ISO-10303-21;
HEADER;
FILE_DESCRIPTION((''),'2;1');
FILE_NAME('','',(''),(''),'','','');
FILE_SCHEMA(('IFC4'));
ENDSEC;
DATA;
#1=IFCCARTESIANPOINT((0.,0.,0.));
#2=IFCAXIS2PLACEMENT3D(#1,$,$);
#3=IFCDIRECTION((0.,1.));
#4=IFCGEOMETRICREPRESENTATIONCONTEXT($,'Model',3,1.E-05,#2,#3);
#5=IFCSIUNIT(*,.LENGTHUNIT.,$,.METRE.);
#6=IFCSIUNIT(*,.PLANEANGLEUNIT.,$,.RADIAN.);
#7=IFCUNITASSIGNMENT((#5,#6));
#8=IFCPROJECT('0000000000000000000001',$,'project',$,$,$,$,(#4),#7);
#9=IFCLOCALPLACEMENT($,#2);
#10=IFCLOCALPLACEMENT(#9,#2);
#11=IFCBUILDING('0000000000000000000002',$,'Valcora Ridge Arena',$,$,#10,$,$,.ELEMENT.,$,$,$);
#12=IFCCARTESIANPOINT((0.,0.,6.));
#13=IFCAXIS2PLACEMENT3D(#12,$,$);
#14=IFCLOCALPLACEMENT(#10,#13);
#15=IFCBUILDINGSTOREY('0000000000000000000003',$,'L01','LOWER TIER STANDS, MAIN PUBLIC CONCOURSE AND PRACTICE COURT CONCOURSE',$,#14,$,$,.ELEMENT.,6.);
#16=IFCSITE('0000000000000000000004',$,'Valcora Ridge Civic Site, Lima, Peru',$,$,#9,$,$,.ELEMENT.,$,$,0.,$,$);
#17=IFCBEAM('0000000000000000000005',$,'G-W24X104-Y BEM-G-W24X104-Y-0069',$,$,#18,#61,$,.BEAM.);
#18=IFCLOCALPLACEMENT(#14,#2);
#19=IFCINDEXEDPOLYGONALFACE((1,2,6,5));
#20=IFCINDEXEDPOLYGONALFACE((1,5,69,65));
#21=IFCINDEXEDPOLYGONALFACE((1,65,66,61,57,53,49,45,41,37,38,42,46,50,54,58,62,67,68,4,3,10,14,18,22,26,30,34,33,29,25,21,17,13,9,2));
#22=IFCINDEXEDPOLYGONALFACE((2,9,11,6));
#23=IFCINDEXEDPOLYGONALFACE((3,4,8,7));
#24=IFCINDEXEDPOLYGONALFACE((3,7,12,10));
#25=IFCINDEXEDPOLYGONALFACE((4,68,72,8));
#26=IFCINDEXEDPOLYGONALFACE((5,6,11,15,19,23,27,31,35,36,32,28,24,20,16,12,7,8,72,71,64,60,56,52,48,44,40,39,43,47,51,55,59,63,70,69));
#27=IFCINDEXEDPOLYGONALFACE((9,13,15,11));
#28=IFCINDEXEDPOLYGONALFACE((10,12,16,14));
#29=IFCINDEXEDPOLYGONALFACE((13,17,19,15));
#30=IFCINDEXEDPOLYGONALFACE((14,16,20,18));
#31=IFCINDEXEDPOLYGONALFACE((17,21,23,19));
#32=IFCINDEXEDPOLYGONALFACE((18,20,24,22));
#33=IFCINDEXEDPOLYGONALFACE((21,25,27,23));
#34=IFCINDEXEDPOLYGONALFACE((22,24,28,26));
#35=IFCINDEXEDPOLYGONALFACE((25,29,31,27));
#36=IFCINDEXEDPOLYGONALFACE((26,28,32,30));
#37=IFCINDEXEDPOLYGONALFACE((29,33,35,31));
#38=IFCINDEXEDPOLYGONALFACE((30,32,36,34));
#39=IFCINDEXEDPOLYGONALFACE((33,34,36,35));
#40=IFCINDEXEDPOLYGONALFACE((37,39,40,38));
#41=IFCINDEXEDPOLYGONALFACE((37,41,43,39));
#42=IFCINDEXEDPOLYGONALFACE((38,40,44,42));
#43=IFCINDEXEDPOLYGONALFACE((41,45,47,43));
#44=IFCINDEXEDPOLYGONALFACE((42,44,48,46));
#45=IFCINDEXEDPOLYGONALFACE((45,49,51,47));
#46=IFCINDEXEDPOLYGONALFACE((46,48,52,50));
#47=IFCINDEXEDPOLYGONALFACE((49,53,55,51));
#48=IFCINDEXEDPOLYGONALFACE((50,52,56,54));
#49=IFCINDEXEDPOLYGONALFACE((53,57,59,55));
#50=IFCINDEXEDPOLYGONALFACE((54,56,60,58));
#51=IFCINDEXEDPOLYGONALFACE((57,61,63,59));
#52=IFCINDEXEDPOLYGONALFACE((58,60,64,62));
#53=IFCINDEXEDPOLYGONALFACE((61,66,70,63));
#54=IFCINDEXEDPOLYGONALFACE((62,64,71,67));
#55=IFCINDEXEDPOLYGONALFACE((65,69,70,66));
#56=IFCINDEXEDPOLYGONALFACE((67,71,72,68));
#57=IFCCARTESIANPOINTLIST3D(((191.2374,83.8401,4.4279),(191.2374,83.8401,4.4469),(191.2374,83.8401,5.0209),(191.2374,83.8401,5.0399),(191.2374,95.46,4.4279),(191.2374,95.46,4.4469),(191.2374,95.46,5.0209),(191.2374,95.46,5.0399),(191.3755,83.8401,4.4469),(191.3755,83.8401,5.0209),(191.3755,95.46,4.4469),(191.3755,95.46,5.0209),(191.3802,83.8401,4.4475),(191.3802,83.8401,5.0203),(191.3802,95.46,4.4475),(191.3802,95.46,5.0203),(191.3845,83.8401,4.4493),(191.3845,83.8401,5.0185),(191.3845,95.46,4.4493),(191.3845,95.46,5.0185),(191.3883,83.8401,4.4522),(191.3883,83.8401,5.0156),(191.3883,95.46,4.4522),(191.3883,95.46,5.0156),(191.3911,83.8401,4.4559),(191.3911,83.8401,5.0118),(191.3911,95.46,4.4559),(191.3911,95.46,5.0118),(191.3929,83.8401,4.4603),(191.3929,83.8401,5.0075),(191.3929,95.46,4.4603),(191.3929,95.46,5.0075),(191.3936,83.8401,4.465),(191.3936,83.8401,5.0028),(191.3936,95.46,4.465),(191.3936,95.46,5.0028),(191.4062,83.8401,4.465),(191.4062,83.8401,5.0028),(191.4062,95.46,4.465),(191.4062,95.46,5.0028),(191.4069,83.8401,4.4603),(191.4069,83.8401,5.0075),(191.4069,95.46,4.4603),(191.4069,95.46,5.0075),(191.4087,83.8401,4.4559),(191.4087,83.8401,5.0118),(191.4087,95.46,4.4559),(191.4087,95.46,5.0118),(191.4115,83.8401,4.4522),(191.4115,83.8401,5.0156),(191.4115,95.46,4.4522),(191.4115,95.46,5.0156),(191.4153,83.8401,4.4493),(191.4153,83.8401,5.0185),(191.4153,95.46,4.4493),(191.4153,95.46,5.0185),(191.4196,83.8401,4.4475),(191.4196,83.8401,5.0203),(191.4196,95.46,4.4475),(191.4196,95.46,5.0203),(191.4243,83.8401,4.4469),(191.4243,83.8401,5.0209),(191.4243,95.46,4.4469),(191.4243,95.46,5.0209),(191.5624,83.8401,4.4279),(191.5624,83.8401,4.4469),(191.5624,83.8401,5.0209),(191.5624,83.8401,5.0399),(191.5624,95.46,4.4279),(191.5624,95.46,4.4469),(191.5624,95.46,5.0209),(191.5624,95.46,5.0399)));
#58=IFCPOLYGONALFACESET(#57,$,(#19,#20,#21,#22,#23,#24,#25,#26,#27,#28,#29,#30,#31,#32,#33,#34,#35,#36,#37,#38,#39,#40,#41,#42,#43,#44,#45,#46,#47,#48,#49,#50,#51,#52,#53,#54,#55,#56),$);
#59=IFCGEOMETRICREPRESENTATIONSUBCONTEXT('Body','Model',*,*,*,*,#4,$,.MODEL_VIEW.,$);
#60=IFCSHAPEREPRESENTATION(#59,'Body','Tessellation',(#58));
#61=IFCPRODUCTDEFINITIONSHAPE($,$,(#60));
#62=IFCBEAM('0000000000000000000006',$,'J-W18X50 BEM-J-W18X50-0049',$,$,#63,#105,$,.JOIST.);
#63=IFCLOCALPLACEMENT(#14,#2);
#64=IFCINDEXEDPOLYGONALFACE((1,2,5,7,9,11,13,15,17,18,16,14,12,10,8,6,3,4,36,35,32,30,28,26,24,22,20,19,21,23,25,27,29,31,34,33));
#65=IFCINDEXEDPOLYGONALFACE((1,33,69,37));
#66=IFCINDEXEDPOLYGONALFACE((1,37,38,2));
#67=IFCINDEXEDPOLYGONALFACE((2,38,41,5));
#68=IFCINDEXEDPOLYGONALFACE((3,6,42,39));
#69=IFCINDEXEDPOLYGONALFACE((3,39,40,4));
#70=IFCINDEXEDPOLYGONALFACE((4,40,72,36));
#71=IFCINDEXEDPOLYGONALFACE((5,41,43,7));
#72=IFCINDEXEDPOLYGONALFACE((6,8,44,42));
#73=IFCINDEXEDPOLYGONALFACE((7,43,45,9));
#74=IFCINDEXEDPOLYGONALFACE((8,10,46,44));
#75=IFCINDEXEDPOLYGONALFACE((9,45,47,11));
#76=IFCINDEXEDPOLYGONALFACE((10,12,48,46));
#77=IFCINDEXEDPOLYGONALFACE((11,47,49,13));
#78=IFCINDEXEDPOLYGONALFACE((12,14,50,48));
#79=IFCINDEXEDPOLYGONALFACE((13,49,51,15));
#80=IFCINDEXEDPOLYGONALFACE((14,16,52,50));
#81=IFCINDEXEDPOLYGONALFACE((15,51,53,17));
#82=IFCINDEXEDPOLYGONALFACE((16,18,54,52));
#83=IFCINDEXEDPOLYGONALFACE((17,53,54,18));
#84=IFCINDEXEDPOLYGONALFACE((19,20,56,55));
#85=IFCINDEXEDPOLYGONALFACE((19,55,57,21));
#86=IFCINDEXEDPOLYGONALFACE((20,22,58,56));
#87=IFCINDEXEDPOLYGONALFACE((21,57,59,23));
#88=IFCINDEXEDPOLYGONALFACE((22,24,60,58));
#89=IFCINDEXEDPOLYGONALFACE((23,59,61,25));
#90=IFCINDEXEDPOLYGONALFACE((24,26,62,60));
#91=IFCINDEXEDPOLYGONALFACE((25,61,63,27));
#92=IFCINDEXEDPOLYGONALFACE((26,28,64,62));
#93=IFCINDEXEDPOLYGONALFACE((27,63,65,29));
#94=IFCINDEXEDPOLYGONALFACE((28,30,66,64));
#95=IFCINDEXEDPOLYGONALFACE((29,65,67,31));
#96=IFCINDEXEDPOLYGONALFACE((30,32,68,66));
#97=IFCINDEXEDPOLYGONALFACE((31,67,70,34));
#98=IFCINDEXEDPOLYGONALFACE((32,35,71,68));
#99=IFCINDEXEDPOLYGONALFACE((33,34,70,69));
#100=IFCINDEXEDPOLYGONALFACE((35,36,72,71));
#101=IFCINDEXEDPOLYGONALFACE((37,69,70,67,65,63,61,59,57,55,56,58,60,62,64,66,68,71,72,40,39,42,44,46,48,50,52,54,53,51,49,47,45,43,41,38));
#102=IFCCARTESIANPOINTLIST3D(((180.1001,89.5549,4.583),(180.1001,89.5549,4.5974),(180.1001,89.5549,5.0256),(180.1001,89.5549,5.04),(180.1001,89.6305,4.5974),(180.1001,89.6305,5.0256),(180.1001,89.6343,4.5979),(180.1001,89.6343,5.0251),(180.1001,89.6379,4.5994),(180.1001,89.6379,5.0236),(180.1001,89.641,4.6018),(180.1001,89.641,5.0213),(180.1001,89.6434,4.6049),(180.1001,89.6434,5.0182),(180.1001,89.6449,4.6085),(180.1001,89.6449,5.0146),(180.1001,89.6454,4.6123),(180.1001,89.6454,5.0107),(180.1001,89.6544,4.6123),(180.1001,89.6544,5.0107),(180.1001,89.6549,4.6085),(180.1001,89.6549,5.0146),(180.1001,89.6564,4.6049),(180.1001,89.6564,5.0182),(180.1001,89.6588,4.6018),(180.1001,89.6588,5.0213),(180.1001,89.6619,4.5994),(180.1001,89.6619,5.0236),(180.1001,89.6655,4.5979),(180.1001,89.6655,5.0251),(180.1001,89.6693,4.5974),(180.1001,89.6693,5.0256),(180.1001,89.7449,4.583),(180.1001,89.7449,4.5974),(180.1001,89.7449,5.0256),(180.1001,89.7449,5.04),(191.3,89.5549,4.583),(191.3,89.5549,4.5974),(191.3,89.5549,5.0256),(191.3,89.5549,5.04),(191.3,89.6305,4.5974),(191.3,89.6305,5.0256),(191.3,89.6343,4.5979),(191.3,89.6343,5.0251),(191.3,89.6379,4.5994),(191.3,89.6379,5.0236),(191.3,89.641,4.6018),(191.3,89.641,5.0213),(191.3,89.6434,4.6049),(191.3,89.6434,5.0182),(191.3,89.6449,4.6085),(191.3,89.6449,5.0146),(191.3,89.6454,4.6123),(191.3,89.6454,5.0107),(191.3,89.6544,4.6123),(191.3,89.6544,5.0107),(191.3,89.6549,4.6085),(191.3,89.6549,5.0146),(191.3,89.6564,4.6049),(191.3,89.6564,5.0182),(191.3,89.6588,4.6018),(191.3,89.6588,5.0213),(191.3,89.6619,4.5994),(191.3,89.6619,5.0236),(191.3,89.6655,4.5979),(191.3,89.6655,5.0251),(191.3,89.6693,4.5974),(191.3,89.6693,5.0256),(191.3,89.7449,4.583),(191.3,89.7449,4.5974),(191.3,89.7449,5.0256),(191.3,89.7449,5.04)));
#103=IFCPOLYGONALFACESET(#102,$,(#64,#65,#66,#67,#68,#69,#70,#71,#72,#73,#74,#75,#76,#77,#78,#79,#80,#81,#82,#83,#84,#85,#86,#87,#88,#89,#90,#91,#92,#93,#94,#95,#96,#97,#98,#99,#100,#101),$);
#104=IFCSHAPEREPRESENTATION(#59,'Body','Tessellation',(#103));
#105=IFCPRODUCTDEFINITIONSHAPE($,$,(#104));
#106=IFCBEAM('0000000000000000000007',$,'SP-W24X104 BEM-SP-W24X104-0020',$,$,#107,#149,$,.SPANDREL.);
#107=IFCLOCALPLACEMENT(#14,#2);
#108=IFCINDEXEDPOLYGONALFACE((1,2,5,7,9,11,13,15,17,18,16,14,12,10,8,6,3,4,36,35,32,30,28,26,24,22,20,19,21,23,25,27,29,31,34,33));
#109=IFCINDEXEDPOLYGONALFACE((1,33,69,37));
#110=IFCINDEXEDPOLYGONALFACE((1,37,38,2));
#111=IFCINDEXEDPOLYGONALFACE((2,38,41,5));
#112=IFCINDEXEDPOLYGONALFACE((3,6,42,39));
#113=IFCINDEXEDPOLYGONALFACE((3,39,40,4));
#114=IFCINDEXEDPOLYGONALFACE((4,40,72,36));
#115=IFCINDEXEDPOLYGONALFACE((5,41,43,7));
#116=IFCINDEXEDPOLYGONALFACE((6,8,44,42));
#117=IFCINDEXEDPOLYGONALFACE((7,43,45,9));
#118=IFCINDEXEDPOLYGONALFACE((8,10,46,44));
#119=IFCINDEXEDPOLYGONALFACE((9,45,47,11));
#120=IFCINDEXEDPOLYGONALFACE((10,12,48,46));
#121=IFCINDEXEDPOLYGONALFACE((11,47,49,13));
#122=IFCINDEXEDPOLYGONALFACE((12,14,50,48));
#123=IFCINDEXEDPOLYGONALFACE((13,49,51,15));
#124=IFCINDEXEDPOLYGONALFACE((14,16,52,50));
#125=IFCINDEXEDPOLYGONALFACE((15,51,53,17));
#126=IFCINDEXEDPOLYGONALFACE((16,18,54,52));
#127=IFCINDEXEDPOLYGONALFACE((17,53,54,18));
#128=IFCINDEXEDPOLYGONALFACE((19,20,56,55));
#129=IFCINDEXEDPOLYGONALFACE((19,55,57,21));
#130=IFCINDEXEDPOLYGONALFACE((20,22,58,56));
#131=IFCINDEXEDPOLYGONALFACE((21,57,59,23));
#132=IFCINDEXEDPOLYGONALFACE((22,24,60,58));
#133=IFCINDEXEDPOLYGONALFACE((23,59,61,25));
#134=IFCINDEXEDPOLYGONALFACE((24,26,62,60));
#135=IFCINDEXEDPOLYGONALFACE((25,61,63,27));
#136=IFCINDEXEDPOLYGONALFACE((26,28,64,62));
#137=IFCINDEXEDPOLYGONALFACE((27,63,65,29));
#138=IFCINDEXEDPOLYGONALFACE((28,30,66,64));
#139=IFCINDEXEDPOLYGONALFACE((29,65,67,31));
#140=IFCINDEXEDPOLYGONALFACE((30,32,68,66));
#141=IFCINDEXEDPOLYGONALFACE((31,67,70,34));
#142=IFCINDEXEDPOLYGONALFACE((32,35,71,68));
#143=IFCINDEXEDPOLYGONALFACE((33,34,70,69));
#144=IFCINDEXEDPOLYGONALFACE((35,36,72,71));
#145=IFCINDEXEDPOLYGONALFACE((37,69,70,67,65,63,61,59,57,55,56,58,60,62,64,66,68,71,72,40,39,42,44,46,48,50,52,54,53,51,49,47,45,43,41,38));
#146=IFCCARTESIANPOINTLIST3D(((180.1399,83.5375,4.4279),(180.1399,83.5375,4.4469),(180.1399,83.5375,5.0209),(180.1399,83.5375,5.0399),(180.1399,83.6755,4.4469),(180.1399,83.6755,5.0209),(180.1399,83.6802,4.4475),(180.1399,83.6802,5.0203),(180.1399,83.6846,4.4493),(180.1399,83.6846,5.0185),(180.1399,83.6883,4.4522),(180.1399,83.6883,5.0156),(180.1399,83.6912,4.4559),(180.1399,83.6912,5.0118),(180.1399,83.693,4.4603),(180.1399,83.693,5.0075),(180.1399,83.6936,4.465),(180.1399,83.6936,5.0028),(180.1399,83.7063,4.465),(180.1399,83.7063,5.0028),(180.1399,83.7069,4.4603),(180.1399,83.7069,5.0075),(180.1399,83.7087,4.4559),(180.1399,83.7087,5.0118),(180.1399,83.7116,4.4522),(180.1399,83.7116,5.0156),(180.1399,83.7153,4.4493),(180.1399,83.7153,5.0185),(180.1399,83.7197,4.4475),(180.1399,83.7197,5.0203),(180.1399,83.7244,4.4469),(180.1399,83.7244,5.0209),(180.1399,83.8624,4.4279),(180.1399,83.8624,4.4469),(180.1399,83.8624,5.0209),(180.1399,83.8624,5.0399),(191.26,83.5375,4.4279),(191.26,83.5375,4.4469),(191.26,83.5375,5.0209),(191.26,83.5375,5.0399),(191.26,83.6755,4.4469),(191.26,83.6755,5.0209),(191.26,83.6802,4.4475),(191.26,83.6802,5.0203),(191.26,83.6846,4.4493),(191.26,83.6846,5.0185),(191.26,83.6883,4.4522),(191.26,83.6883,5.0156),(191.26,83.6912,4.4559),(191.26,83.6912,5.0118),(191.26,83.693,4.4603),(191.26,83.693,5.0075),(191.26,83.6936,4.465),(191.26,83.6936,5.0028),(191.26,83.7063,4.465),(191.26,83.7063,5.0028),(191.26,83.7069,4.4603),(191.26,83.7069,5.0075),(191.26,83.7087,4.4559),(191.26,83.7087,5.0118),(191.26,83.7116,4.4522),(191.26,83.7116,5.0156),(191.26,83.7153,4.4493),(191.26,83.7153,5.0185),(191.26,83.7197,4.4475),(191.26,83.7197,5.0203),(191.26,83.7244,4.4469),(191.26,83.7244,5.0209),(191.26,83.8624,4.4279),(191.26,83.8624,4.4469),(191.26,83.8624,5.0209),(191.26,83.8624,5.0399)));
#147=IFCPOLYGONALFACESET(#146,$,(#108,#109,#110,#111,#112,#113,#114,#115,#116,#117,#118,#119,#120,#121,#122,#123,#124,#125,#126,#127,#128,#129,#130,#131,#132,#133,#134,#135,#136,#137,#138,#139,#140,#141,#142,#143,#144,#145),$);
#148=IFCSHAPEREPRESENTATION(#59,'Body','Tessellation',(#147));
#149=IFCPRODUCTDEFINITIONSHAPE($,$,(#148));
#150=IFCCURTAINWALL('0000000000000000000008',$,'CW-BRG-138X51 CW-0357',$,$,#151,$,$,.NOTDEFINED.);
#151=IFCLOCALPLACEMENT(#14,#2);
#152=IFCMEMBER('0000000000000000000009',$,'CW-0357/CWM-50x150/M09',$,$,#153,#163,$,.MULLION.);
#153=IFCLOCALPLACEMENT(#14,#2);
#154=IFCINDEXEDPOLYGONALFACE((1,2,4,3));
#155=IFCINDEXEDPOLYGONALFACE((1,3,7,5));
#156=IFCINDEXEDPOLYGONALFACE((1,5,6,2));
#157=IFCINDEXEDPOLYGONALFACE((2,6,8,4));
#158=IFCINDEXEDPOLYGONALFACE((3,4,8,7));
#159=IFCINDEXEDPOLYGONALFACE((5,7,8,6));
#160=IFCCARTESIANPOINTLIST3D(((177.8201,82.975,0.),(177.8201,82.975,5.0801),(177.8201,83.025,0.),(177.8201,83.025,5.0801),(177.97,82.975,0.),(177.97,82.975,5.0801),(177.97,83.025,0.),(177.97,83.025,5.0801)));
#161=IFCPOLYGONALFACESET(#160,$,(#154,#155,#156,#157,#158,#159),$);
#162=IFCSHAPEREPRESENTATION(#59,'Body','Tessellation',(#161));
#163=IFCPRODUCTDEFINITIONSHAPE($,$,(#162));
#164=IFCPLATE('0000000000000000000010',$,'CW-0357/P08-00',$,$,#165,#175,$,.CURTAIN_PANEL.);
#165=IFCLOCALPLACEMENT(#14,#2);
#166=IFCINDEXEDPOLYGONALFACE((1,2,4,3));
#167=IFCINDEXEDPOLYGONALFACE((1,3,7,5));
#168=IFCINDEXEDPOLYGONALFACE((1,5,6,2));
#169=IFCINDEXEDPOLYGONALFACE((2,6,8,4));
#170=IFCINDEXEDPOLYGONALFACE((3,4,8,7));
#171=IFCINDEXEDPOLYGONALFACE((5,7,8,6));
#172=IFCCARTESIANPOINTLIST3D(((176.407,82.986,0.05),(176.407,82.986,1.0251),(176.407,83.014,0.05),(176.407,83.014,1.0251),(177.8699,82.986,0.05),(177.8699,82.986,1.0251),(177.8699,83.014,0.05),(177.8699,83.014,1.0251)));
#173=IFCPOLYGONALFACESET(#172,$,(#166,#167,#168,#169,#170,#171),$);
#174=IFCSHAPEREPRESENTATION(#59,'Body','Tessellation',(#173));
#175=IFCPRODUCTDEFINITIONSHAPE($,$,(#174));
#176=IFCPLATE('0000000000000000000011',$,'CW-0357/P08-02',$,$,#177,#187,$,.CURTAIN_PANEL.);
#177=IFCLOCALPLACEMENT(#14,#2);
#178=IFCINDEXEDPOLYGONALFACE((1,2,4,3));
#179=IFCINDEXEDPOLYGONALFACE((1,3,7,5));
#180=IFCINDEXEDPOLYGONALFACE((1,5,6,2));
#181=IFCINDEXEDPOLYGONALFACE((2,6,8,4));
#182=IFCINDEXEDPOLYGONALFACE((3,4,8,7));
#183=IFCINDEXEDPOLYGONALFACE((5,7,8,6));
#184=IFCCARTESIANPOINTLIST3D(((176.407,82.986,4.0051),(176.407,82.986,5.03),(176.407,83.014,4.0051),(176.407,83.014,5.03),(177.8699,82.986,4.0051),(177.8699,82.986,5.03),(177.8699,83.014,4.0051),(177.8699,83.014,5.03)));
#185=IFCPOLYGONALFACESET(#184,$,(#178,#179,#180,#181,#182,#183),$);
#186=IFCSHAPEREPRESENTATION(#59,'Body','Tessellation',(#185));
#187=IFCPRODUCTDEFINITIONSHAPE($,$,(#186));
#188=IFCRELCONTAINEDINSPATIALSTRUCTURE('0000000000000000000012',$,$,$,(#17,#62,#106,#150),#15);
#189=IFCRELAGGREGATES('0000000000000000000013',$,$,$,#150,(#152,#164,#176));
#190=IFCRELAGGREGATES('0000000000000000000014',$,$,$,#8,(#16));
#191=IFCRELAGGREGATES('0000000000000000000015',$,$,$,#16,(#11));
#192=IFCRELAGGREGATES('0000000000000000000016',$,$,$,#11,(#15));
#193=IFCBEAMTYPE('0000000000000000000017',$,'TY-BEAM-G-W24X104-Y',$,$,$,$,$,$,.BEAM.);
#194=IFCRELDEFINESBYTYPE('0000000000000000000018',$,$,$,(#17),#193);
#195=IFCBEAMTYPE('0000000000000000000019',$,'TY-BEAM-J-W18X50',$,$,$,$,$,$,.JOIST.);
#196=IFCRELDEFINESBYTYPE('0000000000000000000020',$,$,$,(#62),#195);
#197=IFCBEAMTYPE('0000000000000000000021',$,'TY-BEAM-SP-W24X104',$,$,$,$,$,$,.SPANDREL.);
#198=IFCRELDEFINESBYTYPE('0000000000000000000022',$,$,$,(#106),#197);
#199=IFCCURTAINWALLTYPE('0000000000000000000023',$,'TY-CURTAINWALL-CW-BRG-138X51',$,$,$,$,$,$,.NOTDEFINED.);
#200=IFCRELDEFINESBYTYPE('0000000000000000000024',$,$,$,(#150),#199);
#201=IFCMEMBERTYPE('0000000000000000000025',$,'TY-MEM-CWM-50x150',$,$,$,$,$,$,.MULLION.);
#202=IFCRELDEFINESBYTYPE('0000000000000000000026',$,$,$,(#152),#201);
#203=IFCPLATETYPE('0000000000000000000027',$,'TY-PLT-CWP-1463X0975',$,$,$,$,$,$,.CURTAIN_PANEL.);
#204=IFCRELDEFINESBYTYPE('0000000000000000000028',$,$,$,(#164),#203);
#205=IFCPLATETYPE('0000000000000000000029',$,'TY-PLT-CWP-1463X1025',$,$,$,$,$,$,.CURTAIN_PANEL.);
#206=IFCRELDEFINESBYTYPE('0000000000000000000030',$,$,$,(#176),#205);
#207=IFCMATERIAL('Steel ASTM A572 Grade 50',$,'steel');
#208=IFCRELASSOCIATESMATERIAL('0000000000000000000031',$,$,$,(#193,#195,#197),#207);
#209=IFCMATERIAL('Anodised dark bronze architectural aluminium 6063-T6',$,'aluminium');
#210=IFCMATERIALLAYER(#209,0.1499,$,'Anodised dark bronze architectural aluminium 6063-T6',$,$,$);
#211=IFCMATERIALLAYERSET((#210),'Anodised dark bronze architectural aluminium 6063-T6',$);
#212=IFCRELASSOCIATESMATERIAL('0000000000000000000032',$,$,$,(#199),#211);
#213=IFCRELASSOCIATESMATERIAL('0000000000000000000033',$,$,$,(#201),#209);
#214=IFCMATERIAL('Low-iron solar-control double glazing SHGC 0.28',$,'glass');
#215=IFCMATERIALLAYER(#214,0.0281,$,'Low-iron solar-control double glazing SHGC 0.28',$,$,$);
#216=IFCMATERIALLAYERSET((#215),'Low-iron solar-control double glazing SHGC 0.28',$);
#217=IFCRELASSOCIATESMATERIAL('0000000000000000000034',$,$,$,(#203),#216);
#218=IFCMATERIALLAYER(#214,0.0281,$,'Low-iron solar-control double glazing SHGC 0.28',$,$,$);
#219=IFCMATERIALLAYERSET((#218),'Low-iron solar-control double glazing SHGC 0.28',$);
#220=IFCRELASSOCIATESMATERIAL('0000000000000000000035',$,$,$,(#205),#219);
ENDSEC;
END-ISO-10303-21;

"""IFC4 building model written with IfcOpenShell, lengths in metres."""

from ifc_helpers import new_model, si_unit, direction, frame, origin, origin_2d, place, context, subcontext, project, spatial, rectangle, i_section, extrude, material, layer, layer_set, material_profile, profile_set, type_object, element, aggregate, save


model = new_model("IFC4")

# Units and contexts
model_context = context("Model", 3, precision=1e-05, world=origin(), true_north=direction((0.0, 1.0)))
body_context = subcontext(model_context, "Body", "Model", "MODEL_VIEW")
ifc_project = project(units=[si_unit("LENGTHUNIT", "METRE"), si_unit("PLANEANGLEUNIT", "RADIAN")], contexts=[model_context])

# Site, building, storey
site_placement = place(None, origin())
site = spatial("IfcSite", under=ifc_project, at=site_placement, Name="Valcora Ridge Civic Site, Lima, Peru", CompositionType="ELEMENT", RefElevation=0.0)
building_placement = place(site_placement, origin())
building = spatial("IfcBuilding", under=site, at=building_placement, Name="Valcora Ridge Arena", CompositionType="ELEMENT")
storey_placement = place(building_placement, frame((0.0, 0.0, 6.0)))
storey = spatial("IfcBuildingStorey", under=building, at=storey_placement, Name="L01", Description="LOWER TIER STANDS, MAIN PUBLIC CONCOURSE AND PRACTICE COURT CONCOURSE", CompositionType="ELEMENT", Elevation=6.0)

# Beams
ifc_material_1 = material(Name="Steel ASTM A572 Grade 50", Category="steel")
ifc_material_profile_1 = material_profile(ifc_material_1, i_section(OverallWidth=0.325, OverallDepth=0.6121, WebThickness=0.0127, FlangeThickness=0.019, FilletRadius=0.0181, at=origin_2d()), Name="W24X104")
ifc_profile_set_1 = profile_set([ifc_material_profile_1], Name="Steel ASTM A572 Grade 50")
beam_type_1 = type_object("IfcBeamType", Name="TY-BEAM-G-W24X104-Y", PredefinedType="BEAM", material=ifc_profile_set_1)
for number, where, z_axis, x_axis, name in (
    (1, (191.3999, 83.8401, 4.7339), (0.0, 1.0, 0.0), (-1.0, 0.0, 0.0), "G-W24X104-Y BEM-G-W24X104-Y-0069"),
):
    element("IfcBeam", number, at=place(storey_placement, frame(where, z_axis=z_axis, x_axis=x_axis)), inside=storey, type_object=beam_type_1, Name=name, PredefinedType="BEAM", context=body_context, shape_type="SweptSolid", body=[
        extrude(i_section(OverallWidth=0.325, OverallDepth=0.6121, WebThickness=0.0127, FlangeThickness=0.019, FilletRadius=0.0181, at=origin_2d()), origin(), (0.0, 0.0, 1.0), 11.6199),
    ])
ifc_material_profile_2 = material_profile(ifc_material_1, i_section(OverallWidth=0.1899, OverallDepth=0.457, WebThickness=0.009, FlangeThickness=0.0144, FilletRadius=0.0149, at=origin_2d()), Name="W18X50")
ifc_profile_set_2 = profile_set([ifc_material_profile_2], Name="Steel ASTM A572 Grade 50")
beam_type_2 = type_object("IfcBeamType", Name="TY-BEAM-J-W18X50", PredefinedType="JOIST", material=ifc_profile_set_2)
beam_1_placement = place(storey_placement, frame((180.1001, 89.6499, 4.8115), z_axis=(1.0, 0.0, 0.0), x_axis=(0.0, 1.0, 0.0)))
element("IfcBeam", 2, at=beam_1_placement, inside=storey, type_object=beam_type_2, Name="J-W18X50 BEM-J-W18X50-0049", PredefinedType="JOIST", context=body_context, shape_type="SweptSolid", body=[
    extrude(i_section(OverallWidth=0.1899, OverallDepth=0.457, WebThickness=0.009, FlangeThickness=0.0144, FilletRadius=0.0149, at=origin_2d()), origin(), (0.0, 0.0, 1.0), 11.2),
])
ifc_material_profile_3 = material_profile(ifc_material_1, i_section(OverallWidth=0.325, OverallDepth=0.6121, WebThickness=0.0127, FlangeThickness=0.019, FilletRadius=0.0181, at=origin_2d()), Name="W24X104")
ifc_profile_set_3 = profile_set([ifc_material_profile_3], Name="Steel ASTM A572 Grade 50")
beam_type_3 = type_object("IfcBeamType", Name="TY-BEAM-SP-W24X104", PredefinedType="SPANDREL", material=ifc_profile_set_3)
beam_2_placement = place(storey_placement, frame((180.1399, 83.7, 4.7339), z_axis=(1.0, 0.0, 0.0), x_axis=(0.0, 1.0, 0.0)))
element("IfcBeam", 3, at=beam_2_placement, inside=storey, type_object=beam_type_3, Name="SP-W24X104 BEM-SP-W24X104-0020", PredefinedType="SPANDREL", context=body_context, shape_type="SweptSolid", body=[
    extrude(i_section(OverallWidth=0.325, OverallDepth=0.6121, WebThickness=0.0127, FlangeThickness=0.019, FilletRadius=0.0181, at=origin_2d()), origin(), (0.0, 0.0, 1.0), 11.1201),
])

# Curtain wall, member, plates
ifc_material_2 = material(Name="Anodised dark bronze architectural aluminium 6063-T6", Category="aluminium")
ifc_layer_1 = layer(ifc_material_2, 0.1499, Name="Anodised dark bronze architectural aluminium 6063-T6")
ifc_layer_set_1 = layer_set([ifc_layer_1], Name="Anodised dark bronze architectural aluminium 6063-T6")
curtain_wall_type = type_object("IfcCurtainWallType", Name="TY-CURTAINWALL-CW-BRG-138X51", PredefinedType="NOTDEFINED", material=ifc_layer_set_1)
curtain_wall_placement = place(storey_placement, origin())
curtain_wall = element("IfcCurtainWall", 4, at=curtain_wall_placement, inside=storey, type_object=curtain_wall_type, Name="CW-BRG-138X51 CW-0357", PredefinedType="NOTDEFINED")
ifc_material_profile_4 = material_profile(ifc_material_2, rectangle(XDim=0.05, YDim=0.1499, at=origin_2d()), Name="ALU MULLION 50x150")
ifc_profile_set_4 = profile_set([ifc_material_profile_4], Name="Anodised dark bronze architectural aluminium 6063-T6")
member_type = type_object("IfcMemberType", Name="TY-MEM-CWM-50x150", PredefinedType="MULLION", material=ifc_profile_set_4)
member_placement = place(storey_placement, frame((177.895, 83.0, 0.0), z_axis=(0.0, 0.0, 1.0), x_axis=(0.0, 1.0, 0.0)))
member = element("IfcMember", 5, at=member_placement, type_object=member_type, Name="CW-0357/CWM-50x150/M09", PredefinedType="MULLION", context=body_context, shape_type="SweptSolid", body=[
    extrude(rectangle(XDim=0.05, YDim=0.1499, at=origin_2d()), origin(), (0.0, 0.0, 1.0), 5.0801),
])
ifc_material_3 = material(Name="Low-iron solar-control double glazing SHGC 0.28", Category="glass")
ifc_layer_2 = layer(ifc_material_3, 0.0281, Name="Low-iron solar-control double glazing SHGC 0.28")
ifc_layer_set_2 = layer_set([ifc_layer_2], Name="Low-iron solar-control double glazing SHGC 0.28")
plate_type_1 = type_object("IfcPlateType", Name="TY-PLT-CWP-1463X0975", PredefinedType="CURTAIN_PANEL", material=ifc_layer_set_2)
plate_1_placement = place(storey_placement, frame((177.1384, 83.0, 0.05), z_axis=(0.0, 0.0, 1.0), x_axis=(1.0, 0.0, 0.0)))
plate_1 = element("IfcPlate", 6, at=plate_1_placement, type_object=plate_type_1, Name="CW-0357/P08-00", PredefinedType="CURTAIN_PANEL", context=body_context, shape_type="SweptSolid", body=[
    extrude(rectangle(XDim=1.4629, YDim=0.0281, at=origin_2d()), origin(), (0.0, 0.0, 1.0), 0.9751),
])
ifc_layer_3 = layer(ifc_material_3, 0.0281, Name="Low-iron solar-control double glazing SHGC 0.28")
ifc_layer_set_3 = layer_set([ifc_layer_3], Name="Low-iron solar-control double glazing SHGC 0.28")
plate_type_2 = type_object("IfcPlateType", Name="TY-PLT-CWP-1463X1025", PredefinedType="CURTAIN_PANEL", material=ifc_layer_set_3)
plate_2_placement = place(storey_placement, frame((177.1384, 83.0, 4.0051), z_axis=(0.0, 0.0, 1.0), x_axis=(1.0, 0.0, 0.0)))
plate_2 = element("IfcPlate", 7, at=plate_2_placement, type_object=plate_type_2, Name="CW-0357/P08-02", PredefinedType="CURTAIN_PANEL", context=body_context, shape_type="SweptSolid", body=[
    extrude(rectangle(XDim=1.4629, YDim=0.0281, at=origin_2d()), origin(), (0.0, 0.0, 1.0), 1.0249),
])
aggregate(curtain_wall, [member, plate_1, plate_2])

save(model, "model.ifc")
